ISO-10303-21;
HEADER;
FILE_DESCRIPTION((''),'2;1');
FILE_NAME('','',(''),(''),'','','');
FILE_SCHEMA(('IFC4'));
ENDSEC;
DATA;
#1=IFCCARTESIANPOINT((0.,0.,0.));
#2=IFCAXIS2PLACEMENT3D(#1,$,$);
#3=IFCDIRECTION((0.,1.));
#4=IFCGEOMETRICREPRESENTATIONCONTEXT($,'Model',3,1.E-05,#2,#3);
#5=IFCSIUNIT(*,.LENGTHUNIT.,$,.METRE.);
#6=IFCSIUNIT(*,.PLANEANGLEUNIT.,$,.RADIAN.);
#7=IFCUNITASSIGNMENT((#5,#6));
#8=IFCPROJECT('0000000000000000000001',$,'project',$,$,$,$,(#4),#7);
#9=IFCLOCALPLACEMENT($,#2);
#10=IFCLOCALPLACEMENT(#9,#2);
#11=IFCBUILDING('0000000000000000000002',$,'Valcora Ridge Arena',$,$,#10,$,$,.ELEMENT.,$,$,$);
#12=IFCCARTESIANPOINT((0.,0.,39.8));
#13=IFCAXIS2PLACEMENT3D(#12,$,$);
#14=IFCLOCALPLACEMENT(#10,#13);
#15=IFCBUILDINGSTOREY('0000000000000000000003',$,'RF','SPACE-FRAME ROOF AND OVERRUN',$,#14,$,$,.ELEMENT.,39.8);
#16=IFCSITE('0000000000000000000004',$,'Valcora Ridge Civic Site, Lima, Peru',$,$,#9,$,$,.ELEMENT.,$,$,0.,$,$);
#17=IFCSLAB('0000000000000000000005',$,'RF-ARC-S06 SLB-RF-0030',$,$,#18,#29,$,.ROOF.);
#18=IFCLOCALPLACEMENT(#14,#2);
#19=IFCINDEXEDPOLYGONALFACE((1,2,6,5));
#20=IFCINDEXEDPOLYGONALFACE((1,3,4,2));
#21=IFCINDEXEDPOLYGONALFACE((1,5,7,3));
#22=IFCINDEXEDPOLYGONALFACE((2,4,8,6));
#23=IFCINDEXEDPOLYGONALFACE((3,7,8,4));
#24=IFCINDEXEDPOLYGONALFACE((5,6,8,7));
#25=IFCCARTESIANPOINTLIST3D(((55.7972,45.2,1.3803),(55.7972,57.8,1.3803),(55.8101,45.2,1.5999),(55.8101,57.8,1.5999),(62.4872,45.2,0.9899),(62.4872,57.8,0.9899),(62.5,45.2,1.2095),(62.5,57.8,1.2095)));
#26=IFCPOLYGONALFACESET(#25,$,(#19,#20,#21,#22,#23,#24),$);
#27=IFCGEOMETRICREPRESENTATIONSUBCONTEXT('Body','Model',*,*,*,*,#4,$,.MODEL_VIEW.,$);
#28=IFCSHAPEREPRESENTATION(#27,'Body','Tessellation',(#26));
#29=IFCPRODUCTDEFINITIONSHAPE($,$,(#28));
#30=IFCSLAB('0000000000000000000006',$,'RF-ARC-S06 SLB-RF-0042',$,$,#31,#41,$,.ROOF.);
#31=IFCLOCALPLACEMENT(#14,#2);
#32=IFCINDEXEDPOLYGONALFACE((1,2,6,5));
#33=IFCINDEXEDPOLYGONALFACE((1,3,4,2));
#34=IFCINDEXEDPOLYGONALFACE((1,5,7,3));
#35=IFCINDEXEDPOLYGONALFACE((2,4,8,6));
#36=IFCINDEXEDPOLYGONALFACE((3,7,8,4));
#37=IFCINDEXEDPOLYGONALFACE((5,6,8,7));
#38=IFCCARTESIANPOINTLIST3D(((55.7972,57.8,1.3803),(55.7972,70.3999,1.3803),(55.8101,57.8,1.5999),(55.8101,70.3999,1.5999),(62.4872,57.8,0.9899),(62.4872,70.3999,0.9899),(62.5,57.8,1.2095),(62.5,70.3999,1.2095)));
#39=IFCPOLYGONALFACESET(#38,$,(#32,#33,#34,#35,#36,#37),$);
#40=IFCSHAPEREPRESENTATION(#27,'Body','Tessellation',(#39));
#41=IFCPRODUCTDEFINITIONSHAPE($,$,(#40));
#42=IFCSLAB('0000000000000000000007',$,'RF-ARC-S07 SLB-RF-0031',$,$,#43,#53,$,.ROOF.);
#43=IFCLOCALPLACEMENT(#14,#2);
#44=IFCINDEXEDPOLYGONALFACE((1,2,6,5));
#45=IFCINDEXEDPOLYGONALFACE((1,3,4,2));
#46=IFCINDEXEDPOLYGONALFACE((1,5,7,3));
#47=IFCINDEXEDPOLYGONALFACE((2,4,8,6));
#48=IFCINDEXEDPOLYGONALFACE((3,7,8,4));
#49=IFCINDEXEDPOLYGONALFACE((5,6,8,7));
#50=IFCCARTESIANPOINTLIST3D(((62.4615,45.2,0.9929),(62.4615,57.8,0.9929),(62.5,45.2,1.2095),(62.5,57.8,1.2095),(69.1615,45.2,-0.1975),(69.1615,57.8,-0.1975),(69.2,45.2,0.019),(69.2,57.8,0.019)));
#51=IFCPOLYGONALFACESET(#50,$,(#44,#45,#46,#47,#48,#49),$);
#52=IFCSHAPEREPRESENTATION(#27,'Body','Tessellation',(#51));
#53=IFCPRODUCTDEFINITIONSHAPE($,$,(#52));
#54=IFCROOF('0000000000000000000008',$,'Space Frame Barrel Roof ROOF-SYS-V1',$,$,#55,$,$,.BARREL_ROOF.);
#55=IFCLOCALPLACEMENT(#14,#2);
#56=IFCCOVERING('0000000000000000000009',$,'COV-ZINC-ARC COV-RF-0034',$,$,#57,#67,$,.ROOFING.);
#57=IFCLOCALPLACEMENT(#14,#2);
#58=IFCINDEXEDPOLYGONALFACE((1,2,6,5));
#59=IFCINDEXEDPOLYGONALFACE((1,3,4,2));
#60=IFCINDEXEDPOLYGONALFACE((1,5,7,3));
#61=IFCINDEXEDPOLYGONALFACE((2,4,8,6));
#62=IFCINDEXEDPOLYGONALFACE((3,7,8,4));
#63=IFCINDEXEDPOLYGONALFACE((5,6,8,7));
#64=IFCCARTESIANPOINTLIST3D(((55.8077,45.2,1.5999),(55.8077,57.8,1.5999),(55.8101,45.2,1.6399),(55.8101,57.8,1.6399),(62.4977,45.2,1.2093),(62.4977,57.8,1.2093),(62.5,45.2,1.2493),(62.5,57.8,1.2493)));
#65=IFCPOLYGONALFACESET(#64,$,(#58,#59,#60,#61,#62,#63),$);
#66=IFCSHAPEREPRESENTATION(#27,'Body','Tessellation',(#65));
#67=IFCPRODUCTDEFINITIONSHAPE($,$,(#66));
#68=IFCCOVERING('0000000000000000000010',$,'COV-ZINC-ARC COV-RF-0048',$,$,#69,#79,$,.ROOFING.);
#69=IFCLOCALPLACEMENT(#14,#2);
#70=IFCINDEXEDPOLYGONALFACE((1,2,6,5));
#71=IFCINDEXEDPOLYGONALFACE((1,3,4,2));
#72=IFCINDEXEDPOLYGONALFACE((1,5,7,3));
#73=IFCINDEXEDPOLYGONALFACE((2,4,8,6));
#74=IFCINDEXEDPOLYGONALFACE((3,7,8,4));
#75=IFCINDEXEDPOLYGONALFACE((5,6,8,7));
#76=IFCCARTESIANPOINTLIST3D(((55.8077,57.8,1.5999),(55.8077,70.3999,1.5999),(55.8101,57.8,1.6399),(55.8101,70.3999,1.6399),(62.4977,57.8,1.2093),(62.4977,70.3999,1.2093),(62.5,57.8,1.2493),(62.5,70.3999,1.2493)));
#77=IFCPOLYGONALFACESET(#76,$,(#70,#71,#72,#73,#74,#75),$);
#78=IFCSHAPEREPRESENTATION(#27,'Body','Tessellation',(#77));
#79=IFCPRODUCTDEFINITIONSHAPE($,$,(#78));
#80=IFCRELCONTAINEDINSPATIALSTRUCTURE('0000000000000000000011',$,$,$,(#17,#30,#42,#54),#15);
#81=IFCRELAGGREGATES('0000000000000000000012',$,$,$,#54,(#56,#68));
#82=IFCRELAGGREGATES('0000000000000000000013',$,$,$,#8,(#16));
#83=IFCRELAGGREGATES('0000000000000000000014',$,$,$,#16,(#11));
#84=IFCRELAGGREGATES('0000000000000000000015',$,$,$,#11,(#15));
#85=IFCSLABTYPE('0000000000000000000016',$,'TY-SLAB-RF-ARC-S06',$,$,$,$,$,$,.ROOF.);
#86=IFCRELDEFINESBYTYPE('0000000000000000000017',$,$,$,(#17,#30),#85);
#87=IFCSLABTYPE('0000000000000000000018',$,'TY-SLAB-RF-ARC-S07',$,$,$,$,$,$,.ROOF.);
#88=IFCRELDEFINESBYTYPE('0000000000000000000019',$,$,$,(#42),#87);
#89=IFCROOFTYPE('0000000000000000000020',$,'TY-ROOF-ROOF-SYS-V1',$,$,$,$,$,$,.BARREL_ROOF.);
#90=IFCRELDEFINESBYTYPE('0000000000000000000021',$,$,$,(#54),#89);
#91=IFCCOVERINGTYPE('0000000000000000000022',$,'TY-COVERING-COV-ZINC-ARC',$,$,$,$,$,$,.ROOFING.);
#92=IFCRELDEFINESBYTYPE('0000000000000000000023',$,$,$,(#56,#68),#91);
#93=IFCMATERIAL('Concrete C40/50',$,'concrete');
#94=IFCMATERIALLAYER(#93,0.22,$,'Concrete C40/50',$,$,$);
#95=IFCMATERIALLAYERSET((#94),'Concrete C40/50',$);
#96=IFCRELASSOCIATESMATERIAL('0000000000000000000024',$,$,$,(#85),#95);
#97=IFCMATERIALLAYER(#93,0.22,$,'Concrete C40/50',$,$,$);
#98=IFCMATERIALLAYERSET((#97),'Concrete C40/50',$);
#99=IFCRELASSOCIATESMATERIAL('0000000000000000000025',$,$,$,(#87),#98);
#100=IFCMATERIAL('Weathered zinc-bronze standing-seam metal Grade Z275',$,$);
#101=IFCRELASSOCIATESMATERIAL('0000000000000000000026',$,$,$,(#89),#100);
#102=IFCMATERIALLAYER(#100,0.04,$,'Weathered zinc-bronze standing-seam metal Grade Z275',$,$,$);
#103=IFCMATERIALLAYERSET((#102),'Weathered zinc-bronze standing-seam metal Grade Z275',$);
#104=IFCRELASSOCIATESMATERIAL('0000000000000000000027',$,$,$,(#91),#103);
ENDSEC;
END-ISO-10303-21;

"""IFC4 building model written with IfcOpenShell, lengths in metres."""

from ifc_helpers import new_model, si_unit, direction, frame, origin, place, context, subcontext, project, spatial, polyline, outline, extrude, material, layer, layer_set, type_object, element, aggregate, save


model = new_model("IFC4")

# Units and contexts
model_context = context("Model", 3, precision=1e-05, world=origin(), true_north=direction((0.0, 1.0)))
body_context = subcontext(model_context, "Body", "Model", "MODEL_VIEW")
ifc_project = project(units=[si_unit("LENGTHUNIT", "METRE"), si_unit("PLANEANGLEUNIT", "RADIAN")], contexts=[model_context])

# Site, building, storey
site_placement = place(None, origin())
site = spatial("IfcSite", under=ifc_project, at=site_placement, Name="Valcora Ridge Civic Site, Lima, Peru", CompositionType="ELEMENT", RefElevation=0.0)
building_placement = place(site_placement, origin())
building = spatial("IfcBuilding", under=site, at=building_placement, Name="Valcora Ridge Arena", CompositionType="ELEMENT")
storey_placement = place(building_placement, frame((0.0, 0.0, 39.8)))
storey = spatial("IfcBuildingStorey", under=building, at=storey_placement, Name="RF", Description="SPACE-FRAME ROOF AND OVERRUN", CompositionType="ELEMENT", Elevation=39.8)

# Slabs
ifc_material_1 = material(Name="Concrete C40/50", Category="concrete")
ifc_layer_1 = layer(ifc_material_1, 0.22, Name="Concrete C40/50")
ifc_layer_set_1 = layer_set([ifc_layer_1], Name="Concrete C40/50")
slab_type_1 = type_object("IfcSlabType", Name="TY-SLAB-RF-ARC-S06", PredefinedType="ROOF", material=ifc_layer_set_1)
slab_1_placement = place(storey_placement, frame((55.8101, 45.2, 1.5999), z_axis=(0.058254, 0.0, 0.998302), x_axis=(0.998302, 0.0, -0.058254)))
element("IfcSlab", 1, at=slab_1_placement, inside=storey, type_object=slab_type_1, Name="RF-ARC-S06 SLB-RF-0030", PredefinedType="ROOF", context=body_context, shape_type="SweptSolid", body=[
    extrude(outline(polyline([(0.0, 0.0), (6.7013, 0.0), (6.7013, 12.6001), (0.0, 12.6001), (0.0, 0.0)])), origin(), (0.0, 0.0, -1.0), 0.22),
])
slab_2_placement = place(storey_placement, frame((55.8101, 57.8, 1.5999), z_axis=(0.058254, 0.0, 0.998302), x_axis=(0.998302, 0.0, -0.058254)))
element("IfcSlab", 2, at=slab_2_placement, inside=storey, type_object=slab_type_1, Name="RF-ARC-S06 SLB-RF-0042", PredefinedType="ROOF", context=body_context, shape_type="SweptSolid", body=[
    extrude(outline(polyline([(0.0, 0.0), (6.7013, 0.0), (6.7013, 12.5999), (0.0, 12.5999), (0.0, 0.0)])), origin(), (0.0, 0.0, -1.0), 0.22),
])
ifc_layer_2 = layer(ifc_material_1, 0.22, Name="Concrete C40/50")
ifc_layer_set_2 = layer_set([ifc_layer_2], Name="Concrete C40/50")
slab_type_2 = type_object("IfcSlabType", Name="TY-SLAB-RF-ARC-S07", PredefinedType="ROOF", material=ifc_layer_set_2)
slab_3_placement = place(storey_placement, frame((62.5, 45.2, 1.2095), z_axis=(0.174938, 0.0, 0.98458), x_axis=(0.98458, 0.0, -0.174938)))
element("IfcSlab", 3, at=slab_3_placement, inside=storey, type_object=slab_type_2, Name="RF-ARC-S07 SLB-RF-0031", PredefinedType="ROOF", context=body_context, shape_type="SweptSolid", body=[
    extrude(outline(polyline([(0.0, 0.0), (6.8049, 0.0), (6.8049, 12.6001), (0.0, 12.6001), (0.0, 0.0)])), origin(), (0.0, 0.0, -1.0), 0.22),
])

# Roof, coverings
ifc_material_2 = material(Name="Weathered zinc-bronze standing-seam metal Grade Z275")
roof_type = type_object("IfcRoofType", Name="TY-ROOF-ROOF-SYS-V1", PredefinedType="BARREL_ROOF", material=ifc_material_2)
roof_placement = place(storey_placement, origin())
roof = element("IfcRoof", 4, at=roof_placement, inside=storey, type_object=roof_type, Name="Space Frame Barrel Roof ROOF-SYS-V1", PredefinedType="BARREL_ROOF")
ifc_layer_3 = layer(ifc_material_2, 0.04, Name="Weathered zinc-bronze standing-seam metal Grade Z275")
ifc_layer_set_3 = layer_set([ifc_layer_3], Name="Weathered zinc-bronze standing-seam metal Grade Z275")
covering_type = type_object("IfcCoveringType", Name="TY-COVERING-COV-ZINC-ARC", PredefinedType="ROOFING", material=ifc_layer_set_3)
covering_1_placement = place(storey_placement, frame((55.8101, 45.2, 1.6399), z_axis=(0.058291, 0.0, 0.9983), x_axis=(0.9983, 0.0, -0.058291)))
covering_1 = element("IfcCovering", 5, at=covering_1_placement, type_object=covering_type, Name="COV-ZINC-ARC COV-RF-0034", PredefinedType="ROOFING", context=body_context, shape_type="SweptSolid", body=[
    extrude(outline(polyline([(0.0, 0.0), (6.7013, 0.0), (6.7013, 12.6001), (0.0, 12.6001), (0.0, 0.0)])), origin(), (0.0, 0.0, -1.0), 0.04),
])
covering_2_placement = place(storey_placement, frame((55.8101, 57.8, 1.6399), z_axis=(0.058291, 0.0, 0.9983), x_axis=(0.9983, 0.0, -0.058291)))
covering_2 = element("IfcCovering", 6, at=covering_2_placement, type_object=covering_type, Name="COV-ZINC-ARC COV-RF-0048", PredefinedType="ROOFING", context=body_context, shape_type="SweptSolid", body=[
    extrude(outline(polyline([(0.0, 0.0), (6.7013, 0.0), (6.7013, 12.5999), (0.0, 12.5999), (0.0, 0.0)])), origin(), (0.0, 0.0, -1.0), 0.04),
])
aggregate(roof, [covering_1, covering_2])

save(model, "model.ifc")
